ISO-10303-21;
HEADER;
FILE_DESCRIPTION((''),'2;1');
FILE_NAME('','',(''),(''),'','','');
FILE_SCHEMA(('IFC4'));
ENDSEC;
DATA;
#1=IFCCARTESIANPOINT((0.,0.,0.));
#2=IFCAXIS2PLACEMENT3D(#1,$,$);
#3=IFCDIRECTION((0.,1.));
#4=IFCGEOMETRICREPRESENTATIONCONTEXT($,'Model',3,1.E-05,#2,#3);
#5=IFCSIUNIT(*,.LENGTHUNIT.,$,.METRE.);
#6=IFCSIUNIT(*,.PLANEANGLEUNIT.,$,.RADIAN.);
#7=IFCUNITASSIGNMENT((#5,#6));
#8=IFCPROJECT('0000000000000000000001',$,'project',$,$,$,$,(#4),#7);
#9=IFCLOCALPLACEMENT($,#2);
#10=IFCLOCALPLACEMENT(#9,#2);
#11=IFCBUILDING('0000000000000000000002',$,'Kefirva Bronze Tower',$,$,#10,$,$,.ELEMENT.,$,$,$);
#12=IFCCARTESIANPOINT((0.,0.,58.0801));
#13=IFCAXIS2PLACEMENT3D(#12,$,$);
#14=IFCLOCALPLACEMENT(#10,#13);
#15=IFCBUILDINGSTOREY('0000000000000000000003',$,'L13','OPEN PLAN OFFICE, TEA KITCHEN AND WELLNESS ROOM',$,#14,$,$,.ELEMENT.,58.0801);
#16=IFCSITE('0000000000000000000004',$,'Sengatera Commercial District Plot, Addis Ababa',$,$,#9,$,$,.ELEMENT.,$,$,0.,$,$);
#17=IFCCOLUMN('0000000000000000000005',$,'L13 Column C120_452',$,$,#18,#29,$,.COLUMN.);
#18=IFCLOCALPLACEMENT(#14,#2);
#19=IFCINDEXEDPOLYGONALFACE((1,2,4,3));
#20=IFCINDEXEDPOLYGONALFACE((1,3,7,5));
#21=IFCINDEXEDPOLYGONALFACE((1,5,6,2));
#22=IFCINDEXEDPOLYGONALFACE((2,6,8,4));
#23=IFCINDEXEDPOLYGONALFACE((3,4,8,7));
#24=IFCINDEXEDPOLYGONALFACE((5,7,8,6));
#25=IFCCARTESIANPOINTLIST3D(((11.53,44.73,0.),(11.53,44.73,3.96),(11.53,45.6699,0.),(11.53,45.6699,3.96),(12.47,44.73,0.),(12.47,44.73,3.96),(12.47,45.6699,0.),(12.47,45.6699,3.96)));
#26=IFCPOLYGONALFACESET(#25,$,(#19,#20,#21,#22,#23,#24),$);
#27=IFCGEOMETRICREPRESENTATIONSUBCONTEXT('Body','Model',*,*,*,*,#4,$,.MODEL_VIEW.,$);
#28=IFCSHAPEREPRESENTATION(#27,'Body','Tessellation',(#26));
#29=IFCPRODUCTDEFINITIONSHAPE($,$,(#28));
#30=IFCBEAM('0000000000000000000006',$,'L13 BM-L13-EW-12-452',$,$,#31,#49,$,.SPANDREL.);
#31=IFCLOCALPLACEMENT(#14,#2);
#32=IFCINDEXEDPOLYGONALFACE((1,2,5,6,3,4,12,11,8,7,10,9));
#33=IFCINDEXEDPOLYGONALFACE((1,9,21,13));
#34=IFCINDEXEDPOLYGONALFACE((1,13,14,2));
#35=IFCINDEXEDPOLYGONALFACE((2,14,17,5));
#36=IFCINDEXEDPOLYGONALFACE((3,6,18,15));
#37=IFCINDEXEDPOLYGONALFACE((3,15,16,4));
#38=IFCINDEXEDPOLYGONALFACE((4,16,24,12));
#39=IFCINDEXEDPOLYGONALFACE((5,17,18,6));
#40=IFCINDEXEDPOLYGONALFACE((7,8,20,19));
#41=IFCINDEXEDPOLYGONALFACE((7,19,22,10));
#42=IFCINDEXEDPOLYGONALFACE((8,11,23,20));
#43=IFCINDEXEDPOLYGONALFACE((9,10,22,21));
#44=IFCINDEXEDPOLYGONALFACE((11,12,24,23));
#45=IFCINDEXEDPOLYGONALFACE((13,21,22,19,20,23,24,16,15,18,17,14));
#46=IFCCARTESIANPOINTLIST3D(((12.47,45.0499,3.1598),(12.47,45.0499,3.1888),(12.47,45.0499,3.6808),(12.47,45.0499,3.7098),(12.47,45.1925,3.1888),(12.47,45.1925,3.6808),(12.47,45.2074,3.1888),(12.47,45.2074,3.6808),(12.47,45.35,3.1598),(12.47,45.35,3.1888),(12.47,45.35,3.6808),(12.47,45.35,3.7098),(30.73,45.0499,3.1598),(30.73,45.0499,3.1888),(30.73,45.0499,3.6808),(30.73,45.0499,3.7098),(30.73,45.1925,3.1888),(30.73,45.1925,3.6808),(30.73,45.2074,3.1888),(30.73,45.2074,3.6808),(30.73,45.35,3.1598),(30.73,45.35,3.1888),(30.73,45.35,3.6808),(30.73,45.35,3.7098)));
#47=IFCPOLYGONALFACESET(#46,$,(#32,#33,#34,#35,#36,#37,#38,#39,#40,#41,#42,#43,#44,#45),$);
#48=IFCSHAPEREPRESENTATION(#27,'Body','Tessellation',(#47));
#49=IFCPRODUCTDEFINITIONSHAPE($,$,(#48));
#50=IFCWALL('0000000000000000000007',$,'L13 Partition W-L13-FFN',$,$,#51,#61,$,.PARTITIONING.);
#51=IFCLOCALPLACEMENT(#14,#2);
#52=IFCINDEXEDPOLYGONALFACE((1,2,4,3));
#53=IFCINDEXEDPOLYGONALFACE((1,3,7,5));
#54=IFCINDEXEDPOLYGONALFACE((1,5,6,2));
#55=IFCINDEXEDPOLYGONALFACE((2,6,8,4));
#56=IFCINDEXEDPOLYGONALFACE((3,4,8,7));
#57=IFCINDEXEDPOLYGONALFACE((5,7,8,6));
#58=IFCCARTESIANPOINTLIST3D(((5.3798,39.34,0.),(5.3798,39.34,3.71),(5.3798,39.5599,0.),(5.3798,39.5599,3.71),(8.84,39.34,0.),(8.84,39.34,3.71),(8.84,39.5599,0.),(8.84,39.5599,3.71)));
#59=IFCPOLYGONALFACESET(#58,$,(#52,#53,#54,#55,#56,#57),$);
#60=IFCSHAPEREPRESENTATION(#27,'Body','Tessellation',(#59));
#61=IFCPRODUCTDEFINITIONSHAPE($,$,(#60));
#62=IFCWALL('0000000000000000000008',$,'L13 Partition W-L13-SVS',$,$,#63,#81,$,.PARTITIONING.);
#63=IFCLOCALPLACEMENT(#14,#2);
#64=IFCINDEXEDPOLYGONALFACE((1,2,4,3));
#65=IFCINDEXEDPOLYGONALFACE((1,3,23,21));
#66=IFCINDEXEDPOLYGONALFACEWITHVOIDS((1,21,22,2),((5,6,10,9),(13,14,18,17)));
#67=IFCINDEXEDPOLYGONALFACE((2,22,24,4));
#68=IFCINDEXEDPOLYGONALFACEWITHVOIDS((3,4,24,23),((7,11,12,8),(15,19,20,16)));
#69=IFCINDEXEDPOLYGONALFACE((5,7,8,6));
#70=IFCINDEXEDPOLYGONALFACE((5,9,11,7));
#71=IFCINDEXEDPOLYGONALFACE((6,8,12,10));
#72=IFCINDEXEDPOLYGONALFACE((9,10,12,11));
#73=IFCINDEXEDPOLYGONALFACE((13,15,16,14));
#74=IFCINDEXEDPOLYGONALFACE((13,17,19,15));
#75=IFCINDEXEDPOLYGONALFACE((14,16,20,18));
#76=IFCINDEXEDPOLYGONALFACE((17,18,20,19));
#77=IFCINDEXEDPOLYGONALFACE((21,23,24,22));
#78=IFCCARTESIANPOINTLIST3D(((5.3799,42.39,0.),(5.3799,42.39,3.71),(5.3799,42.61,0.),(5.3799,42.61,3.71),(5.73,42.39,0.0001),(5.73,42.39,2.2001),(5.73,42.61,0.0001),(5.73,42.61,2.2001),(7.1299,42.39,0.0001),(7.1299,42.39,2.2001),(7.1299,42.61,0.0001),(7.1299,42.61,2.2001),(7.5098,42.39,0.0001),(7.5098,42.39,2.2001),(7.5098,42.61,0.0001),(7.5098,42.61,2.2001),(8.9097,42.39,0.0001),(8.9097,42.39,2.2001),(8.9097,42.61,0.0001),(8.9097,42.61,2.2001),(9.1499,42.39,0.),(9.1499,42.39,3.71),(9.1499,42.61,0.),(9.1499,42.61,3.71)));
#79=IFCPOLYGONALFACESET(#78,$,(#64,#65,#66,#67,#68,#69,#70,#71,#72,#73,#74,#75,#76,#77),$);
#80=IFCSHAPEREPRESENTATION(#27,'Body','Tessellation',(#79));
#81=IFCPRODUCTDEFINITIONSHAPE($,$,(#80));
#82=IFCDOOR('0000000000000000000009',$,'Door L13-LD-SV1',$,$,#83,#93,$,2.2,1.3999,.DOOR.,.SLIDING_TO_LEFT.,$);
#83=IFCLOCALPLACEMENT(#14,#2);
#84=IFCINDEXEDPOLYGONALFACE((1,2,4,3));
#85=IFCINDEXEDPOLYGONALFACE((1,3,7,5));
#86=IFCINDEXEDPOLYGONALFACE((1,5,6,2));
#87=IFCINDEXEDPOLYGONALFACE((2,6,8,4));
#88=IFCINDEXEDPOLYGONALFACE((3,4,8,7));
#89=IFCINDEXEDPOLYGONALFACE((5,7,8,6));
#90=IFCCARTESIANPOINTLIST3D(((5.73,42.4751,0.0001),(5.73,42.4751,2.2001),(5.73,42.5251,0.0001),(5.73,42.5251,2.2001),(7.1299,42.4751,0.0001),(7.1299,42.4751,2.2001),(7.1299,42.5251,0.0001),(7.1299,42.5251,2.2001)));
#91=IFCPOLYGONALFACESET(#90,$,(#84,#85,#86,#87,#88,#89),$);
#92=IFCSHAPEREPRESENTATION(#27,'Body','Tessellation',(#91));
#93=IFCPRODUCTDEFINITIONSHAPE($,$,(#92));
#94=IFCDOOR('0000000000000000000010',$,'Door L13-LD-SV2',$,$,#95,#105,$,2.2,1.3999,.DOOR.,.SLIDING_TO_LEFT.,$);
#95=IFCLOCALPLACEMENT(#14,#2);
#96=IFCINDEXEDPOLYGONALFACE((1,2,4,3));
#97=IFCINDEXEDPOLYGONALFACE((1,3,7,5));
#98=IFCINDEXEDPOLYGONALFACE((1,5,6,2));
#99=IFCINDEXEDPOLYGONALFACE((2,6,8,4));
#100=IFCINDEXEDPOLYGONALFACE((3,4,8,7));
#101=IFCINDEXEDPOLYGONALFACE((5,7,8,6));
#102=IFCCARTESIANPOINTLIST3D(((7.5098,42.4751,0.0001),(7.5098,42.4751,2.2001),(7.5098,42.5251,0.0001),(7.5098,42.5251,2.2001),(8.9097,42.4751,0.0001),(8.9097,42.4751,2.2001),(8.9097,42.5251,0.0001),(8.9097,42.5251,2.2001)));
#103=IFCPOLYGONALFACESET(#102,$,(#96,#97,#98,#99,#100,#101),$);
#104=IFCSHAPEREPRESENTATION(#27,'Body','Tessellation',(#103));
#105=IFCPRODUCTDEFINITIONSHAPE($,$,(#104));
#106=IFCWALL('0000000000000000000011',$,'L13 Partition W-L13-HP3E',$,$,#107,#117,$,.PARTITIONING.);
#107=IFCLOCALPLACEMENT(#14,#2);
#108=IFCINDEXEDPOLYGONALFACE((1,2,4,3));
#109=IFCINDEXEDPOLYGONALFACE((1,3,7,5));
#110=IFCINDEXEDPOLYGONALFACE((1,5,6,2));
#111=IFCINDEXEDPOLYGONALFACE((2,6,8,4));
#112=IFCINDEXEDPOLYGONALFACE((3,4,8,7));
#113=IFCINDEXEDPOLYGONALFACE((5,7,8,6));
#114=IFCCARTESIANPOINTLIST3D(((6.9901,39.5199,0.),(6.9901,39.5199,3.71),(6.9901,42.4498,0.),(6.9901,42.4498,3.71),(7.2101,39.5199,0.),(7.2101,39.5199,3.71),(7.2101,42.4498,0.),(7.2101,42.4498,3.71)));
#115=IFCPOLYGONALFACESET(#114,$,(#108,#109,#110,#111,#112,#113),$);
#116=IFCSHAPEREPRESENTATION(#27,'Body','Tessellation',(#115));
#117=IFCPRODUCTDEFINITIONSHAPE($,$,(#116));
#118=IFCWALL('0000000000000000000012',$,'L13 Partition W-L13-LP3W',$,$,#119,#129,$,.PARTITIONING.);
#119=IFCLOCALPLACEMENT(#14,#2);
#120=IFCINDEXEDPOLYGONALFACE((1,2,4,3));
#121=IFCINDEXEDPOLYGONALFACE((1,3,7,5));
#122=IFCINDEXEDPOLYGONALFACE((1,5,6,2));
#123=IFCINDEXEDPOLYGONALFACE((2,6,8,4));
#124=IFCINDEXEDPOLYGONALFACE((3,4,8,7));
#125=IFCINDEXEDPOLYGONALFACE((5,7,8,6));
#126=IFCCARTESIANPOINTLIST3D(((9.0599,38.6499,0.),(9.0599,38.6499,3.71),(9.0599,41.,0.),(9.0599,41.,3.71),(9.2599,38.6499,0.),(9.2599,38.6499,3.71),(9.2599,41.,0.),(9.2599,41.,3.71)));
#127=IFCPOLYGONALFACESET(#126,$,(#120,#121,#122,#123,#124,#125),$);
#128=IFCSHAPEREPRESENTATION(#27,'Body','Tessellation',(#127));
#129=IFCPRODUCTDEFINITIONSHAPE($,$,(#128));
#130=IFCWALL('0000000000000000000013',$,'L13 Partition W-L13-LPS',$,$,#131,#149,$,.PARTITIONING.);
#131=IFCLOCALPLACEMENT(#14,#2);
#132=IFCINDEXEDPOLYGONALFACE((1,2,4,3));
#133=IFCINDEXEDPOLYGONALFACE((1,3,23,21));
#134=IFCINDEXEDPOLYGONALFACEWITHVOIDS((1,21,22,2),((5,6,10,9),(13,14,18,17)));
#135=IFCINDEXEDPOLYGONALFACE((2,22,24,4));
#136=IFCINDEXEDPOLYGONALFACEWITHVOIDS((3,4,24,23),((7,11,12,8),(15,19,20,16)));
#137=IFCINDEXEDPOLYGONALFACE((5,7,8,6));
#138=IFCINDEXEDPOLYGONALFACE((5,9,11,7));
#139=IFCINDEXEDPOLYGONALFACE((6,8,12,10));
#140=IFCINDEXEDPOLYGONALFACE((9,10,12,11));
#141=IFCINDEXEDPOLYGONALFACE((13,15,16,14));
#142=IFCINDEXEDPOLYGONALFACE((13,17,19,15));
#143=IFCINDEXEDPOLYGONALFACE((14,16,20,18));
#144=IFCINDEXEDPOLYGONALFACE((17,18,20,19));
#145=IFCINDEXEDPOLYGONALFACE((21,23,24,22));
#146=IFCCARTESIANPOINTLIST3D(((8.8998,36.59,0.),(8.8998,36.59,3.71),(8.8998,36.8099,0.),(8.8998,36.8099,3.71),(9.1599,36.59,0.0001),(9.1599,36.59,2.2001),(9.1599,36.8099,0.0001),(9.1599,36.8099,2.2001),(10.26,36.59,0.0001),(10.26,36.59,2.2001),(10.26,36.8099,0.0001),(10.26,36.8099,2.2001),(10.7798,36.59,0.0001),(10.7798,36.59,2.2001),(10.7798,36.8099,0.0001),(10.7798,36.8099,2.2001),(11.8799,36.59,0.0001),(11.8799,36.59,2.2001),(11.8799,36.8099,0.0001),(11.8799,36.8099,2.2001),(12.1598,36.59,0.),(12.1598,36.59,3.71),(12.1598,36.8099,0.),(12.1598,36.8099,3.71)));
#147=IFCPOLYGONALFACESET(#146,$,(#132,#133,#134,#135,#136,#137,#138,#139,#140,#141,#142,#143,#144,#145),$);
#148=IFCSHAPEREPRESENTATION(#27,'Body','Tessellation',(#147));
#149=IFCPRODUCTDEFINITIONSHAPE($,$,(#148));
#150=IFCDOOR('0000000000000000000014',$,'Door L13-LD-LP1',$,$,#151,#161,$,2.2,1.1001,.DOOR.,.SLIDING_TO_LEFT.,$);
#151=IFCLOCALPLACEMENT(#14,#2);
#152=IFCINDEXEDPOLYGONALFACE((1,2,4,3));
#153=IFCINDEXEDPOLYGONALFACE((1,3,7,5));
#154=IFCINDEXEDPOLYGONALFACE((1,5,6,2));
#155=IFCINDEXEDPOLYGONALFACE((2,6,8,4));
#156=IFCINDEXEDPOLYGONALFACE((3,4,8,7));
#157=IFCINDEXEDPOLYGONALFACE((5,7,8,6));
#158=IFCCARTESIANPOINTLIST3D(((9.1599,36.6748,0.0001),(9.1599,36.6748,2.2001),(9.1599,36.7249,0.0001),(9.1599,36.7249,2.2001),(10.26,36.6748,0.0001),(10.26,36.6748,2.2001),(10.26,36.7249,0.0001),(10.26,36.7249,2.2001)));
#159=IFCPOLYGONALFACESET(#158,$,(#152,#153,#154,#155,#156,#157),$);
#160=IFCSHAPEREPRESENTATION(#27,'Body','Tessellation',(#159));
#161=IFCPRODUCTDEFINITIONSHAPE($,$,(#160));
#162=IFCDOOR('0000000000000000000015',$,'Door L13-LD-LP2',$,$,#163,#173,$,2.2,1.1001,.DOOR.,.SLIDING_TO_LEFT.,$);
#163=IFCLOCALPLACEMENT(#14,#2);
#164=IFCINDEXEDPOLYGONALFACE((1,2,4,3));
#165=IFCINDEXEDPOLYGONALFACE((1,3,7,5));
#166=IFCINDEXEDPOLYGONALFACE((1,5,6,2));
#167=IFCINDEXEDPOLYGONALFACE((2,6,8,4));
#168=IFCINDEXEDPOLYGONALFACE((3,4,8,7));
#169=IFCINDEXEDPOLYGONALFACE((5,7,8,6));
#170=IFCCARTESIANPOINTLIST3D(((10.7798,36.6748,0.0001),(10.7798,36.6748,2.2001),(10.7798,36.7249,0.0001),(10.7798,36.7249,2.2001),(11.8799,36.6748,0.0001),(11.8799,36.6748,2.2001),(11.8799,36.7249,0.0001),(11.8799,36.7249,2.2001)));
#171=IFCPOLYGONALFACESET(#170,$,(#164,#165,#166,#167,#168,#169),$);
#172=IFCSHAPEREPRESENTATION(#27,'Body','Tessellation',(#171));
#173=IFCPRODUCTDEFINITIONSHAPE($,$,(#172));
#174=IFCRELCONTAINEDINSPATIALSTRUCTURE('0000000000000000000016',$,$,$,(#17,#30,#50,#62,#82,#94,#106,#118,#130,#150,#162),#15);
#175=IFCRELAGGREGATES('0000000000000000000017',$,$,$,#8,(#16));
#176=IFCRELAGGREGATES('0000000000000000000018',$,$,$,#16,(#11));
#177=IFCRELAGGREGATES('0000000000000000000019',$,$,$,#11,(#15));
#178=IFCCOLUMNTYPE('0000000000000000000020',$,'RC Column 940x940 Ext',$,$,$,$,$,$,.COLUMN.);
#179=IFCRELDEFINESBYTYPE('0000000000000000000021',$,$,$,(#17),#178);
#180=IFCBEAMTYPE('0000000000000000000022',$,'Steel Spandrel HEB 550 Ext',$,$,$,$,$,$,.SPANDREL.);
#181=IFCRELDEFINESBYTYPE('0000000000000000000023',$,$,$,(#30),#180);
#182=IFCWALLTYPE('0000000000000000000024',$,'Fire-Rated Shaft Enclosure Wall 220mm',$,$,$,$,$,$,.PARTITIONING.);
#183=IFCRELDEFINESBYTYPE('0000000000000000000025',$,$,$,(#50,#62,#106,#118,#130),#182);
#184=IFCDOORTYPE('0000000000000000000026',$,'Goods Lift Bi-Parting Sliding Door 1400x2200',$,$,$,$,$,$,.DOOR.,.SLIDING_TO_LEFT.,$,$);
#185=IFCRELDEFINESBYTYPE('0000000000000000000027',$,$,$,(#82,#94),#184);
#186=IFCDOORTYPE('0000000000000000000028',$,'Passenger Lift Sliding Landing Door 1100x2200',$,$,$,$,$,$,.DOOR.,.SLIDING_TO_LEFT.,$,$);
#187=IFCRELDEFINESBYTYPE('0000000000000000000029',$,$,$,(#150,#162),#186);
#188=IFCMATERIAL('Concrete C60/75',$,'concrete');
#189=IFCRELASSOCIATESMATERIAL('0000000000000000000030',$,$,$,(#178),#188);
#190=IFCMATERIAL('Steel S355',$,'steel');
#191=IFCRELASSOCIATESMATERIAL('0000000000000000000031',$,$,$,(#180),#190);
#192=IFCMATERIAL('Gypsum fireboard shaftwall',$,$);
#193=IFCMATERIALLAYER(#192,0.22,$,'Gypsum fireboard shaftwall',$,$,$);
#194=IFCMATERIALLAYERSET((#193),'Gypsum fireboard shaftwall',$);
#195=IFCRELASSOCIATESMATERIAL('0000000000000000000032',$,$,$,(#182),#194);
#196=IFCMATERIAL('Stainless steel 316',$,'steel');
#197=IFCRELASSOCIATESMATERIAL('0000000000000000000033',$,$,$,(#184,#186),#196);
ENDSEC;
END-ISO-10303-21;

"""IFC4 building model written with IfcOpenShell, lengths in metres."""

from ifc_helpers import new_model, si_unit, direction, frame, frame_2d, origin, origin_2d, place, context, subcontext, project, spatial, rectangle, i_section, extrude, material, layer, layer_set, material_profile, profile_set, type_object, element, fill, save


model = new_model("IFC4")

# Units and contexts
model_context = context("Model", 3, precision=1e-05, world=origin(), true_north=direction((0.0, 1.0)))
body_context = subcontext(model_context, "Body", "Model", "MODEL_VIEW")
ifc_project = project(units=[si_unit("LENGTHUNIT", "METRE"), si_unit("PLANEANGLEUNIT", "RADIAN")], contexts=[model_context])

# Site, building, storey
site_placement = place(None, origin())
site = spatial("IfcSite", under=ifc_project, at=site_placement, Name="Sengatera Commercial District Plot, Addis Ababa", CompositionType="ELEMENT", RefElevation=0.0)
building_placement = place(site_placement, origin())
building = spatial("IfcBuilding", under=site, at=building_placement, Name="Kefirva Bronze Tower", CompositionType="ELEMENT")
storey_placement = place(building_placement, frame((0.0, 0.0, 58.0801)))
storey = spatial("IfcBuildingStorey", under=building, at=storey_placement, Name="L13", Description="OPEN PLAN OFFICE, TEA KITCHEN AND WELLNESS ROOM", CompositionType="ELEMENT", Elevation=58.0801)

# Column
ifc_material_1 = material(Name="Concrete C60/75", Category="concrete")
ifc_material_profile_1 = material_profile(ifc_material_1, rectangle(XDim=0.9399, YDim=0.9399, at=origin_2d()), Name="RC 940x940")
ifc_profile_set_1 = profile_set([ifc_material_profile_1], Name="Concrete C60/75")
column_type = type_object("IfcColumnType", Name="RC Column 940x940 Ext", PredefinedType="COLUMN", material=ifc_profile_set_1)
column_placement = place(storey_placement, frame((12.0, 45.2, 0.0), z_axis=(0.0, 0.0, 1.0), x_axis=(1.0, 0.0, 0.0)))
element("IfcColumn", 1, at=column_placement, inside=storey, type_object=column_type, Name="L13 Column C120_452", PredefinedType="COLUMN", context=body_context, shape_type="SweptSolid", body=[
    extrude(rectangle(XDim=0.9399, YDim=0.9399, at=origin_2d()), origin(), (0.0, 0.0, 1.0), 3.96),
])

# Beam
ifc_material_2 = material(Name="Steel S355", Category="steel")
ifc_material_profile_2 = material_profile(ifc_material_2, i_section(OverallWidth=0.3, OverallDepth=0.55, WebThickness=0.0149, FlangeThickness=0.0291, at=origin_2d()), Name="HEB 550")
ifc_profile_set_2 = profile_set([ifc_material_profile_2], Name="Steel S355")
beam_type = type_object("IfcBeamType", Name="Steel Spandrel HEB 550 Ext", PredefinedType="SPANDREL", material=ifc_profile_set_2)
beam_placement = place(storey_placement, frame((12.47, 45.2, 3.4348), z_axis=(1.0, 0.0, 0.0), x_axis=(0.0, 1.0, 0.0)))
element("IfcBeam", 2, at=beam_placement, inside=storey, type_object=beam_type, Name="L13 BM-L13-EW-12-452", PredefinedType="SPANDREL", context=body_context, shape_type="SweptSolid", body=[
    extrude(i_section(OverallWidth=0.3, OverallDepth=0.55, WebThickness=0.0149, FlangeThickness=0.0291, at=origin_2d()), origin(), (0.0, 0.0, 1.0), 18.26),
])

# Wall
ifc_material_3 = material(Name="Gypsum fireboard shaftwall")
ifc_layer_1 = layer(ifc_material_3, 0.22, Name="Gypsum fireboard shaftwall")
ifc_layer_set_1 = layer_set([ifc_layer_1], Name="Gypsum fireboard shaftwall")
wall_type_1 = type_object("IfcWallType", Name="Fire-Rated Shaft Enclosure Wall 220mm", PredefinedType="PARTITIONING", material=ifc_layer_set_1)
wall_1_placement = place(storey_placement, frame((5.3799, 39.45, 0.0), z_axis=(0.0, 0.0, 1.0), x_axis=(1.0, 0.0, 0.0)))
element("IfcWall", 3, at=wall_1_placement, inside=storey, type_object=wall_type_1, Name="L13 Partition W-L13-FFN", PredefinedType="PARTITIONING", context=body_context, shape_type="SweptSolid", body=[
    extrude(rectangle(XDim=3.4602, YDim=0.22, at=frame_2d((1.73, 0.0))), origin(), (0.0, 0.0, 1.0), 3.71),
])

# Wall, openings, doors
wall_2_placement = place(storey_placement, frame((5.3799, 42.5, 0.0), z_axis=(0.0, 0.0, 1.0), x_axis=(1.0, 0.0, 0.0)))
wall_2 = element("IfcWall", 4, at=wall_2_placement, inside=storey, type_object=wall_type_1, Name="L13 Partition W-L13-SVS", PredefinedType="PARTITIONING", context=body_context, shape_type="SweptSolid", body=[
    extrude(rectangle(XDim=3.77, YDim=0.22, at=frame_2d((1.885, 0.0))), origin(), (0.0, 0.0, 1.0), 3.71),
])
opening_1_placement = place(wall_2_placement, frame((1.75, 0.0, 0.0), z_axis=(0.0, 0.0, 1.0), x_axis=(-1.0, 0.0, 0.0)))
opening_1 = element("IfcOpeningElement", 5, at=opening_1_placement, cuts=wall_2, PredefinedType="OPENING", context=body_context, shape_type="SweptSolid", body=[
    extrude(rectangle(XDim=1.3999, YDim=2.2, at=frame_2d((0.7, 1.1001))), frame((0.0, 0.1201, 0.0), z_axis=(0.0, -1.0, 0.0), x_axis=(1.0, 0.0, 0.0)), (0.0, 0.0, 1.0), 0.24),
])
opening_2_placement = place(wall_2_placement, frame((3.5298, 0.0, 0.0), z_axis=(0.0, 0.0, 1.0), x_axis=(-1.0, 0.0, 0.0)))
opening_2 = element("IfcOpeningElement", 6, at=opening_2_placement, cuts=wall_2, PredefinedType="OPENING", context=body_context, shape_type="SweptSolid", body=[
    extrude(rectangle(XDim=1.3999, YDim=2.2, at=frame_2d((0.7, 1.1001))), frame((0.0, 0.1201, 0.0), z_axis=(0.0, -1.0, 0.0), x_axis=(1.0, 0.0, 0.0)), (0.0, 0.0, 1.0), 0.24),
])
ifc_material_4 = material(Name="Stainless steel 316", Category="steel")
door_type_1 = type_object("IfcDoorType", Name="Goods Lift Bi-Parting Sliding Door 1400x2200", OperationType="SLIDING_TO_LEFT", PredefinedType="DOOR", material=ifc_material_4)
door_1_placement = place(opening_1_placement, origin())
door_1 = element("IfcDoor", 7, at=door_1_placement, inside=storey, type_object=door_type_1, Name="Door L13-LD-SV1", OperationType="SLIDING_TO_LEFT", OverallHeight=2.2, OverallWidth=1.3999, PredefinedType="DOOR", context=body_context, shape_type="SweptSolid", body=[
    extrude(rectangle(XDim=1.3999, YDim=2.2, at=frame_2d((0.7, 1.1001))), frame((0.0, 0.0249, 0.0), z_axis=(0.0, -1.0, 0.0), x_axis=(1.0, 0.0, 0.0)), (0.0, 0.0, 1.0), 0.05),
])
fill(opening_1, door_1)
door_2_placement = place(opening_2_placement, origin())
door_2 = element("IfcDoor", 8, at=door_2_placement, inside=storey, type_object=door_type_1, Name="Door L13-LD-SV2", OperationType="SLIDING_TO_LEFT", OverallHeight=2.2, OverallWidth=1.3999, PredefinedType="DOOR", context=body_context, shape_type="SweptSolid", body=[
    extrude(rectangle(XDim=1.3999, YDim=2.2, at=frame_2d((0.7, 1.1001))), frame((0.0, 0.0249, 0.0), z_axis=(0.0, -1.0, 0.0), x_axis=(1.0, 0.0, 0.0)), (0.0, 0.0, 1.0), 0.05),
])
fill(opening_2, door_2)

# Walls
wall_3_placement = place(storey_placement, frame((7.1001, 39.52, 0.0), z_axis=(0.0, 0.0, 1.0), x_axis=(0.0, 1.0, 0.0)))
element("IfcWall", 9, at=wall_3_placement, inside=storey, type_object=wall_type_1, Name="L13 Partition W-L13-HP3E", PredefinedType="PARTITIONING", context=body_context, shape_type="SweptSolid", body=[
    extrude(rectangle(XDim=2.9299, YDim=0.22, at=frame_2d((1.4648, 0.0))), origin(), (0.0, 0.0, 1.0), 3.71),
])
wall_4_placement = place(storey_placement, frame((9.1599, 38.6499, 0.0), z_axis=(0.0, 0.0, 1.0), x_axis=(0.0, 1.0, 0.0)))
element("IfcWall", 10, at=wall_4_placement, inside=storey, type_object=wall_type_1, Name="L13 Partition W-L13-LP3W", PredefinedType="PARTITIONING", context=body_context, shape_type="SweptSolid", body=[
    extrude(rectangle(XDim=2.3501, YDim=0.2, at=frame_2d((1.175, 0.0))), origin(), (0.0, 0.0, 1.0), 3.71),
])

# Wall, openings, doors
wall_5_placement = place(storey_placement, frame((8.8999, 36.7, 0.0), z_axis=(0.0, 0.0, 1.0), x_axis=(1.0, 0.0, 0.0)))
wall_5 = element("IfcWall", 11, at=wall_5_placement, inside=storey, type_object=wall_type_1, Name="L13 Partition W-L13-LPS", PredefinedType="PARTITIONING", context=body_context, shape_type="SweptSolid", body=[
    extrude(rectangle(XDim=3.26, YDim=0.22, at=frame_2d((1.6299, 0.0))), origin(), (0.0, 0.0, 1.0), 3.71),
])
opening_3_placement = place(wall_5_placement, frame((0.26, 0.0, 0.0)))
opening_3 = element("IfcOpeningElement", 12, at=opening_3_placement, cuts=wall_5, PredefinedType="OPENING", context=body_context, shape_type="SweptSolid", body=[
    extrude(rectangle(XDim=1.1001, YDim=2.2, at=frame_2d((0.55, 1.1001))), frame((0.0, 0.1201, 0.0), z_axis=(0.0, -1.0, 0.0), x_axis=(1.0, 0.0, 0.0)), (0.0, 0.0, 1.0), 0.24),
])
opening_4_placement = place(wall_5_placement, frame((1.8799, 0.0, 0.0)))
opening_4 = element("IfcOpeningElement", 13, at=opening_4_placement, cuts=wall_5, PredefinedType="OPENING", context=body_context, shape_type="SweptSolid", body=[
    extrude(rectangle(XDim=1.1001, YDim=2.2, at=frame_2d((0.55, 1.1001))), frame((0.0, 0.1201, 0.0), z_axis=(0.0, -1.0, 0.0), x_axis=(1.0, 0.0, 0.0)), (0.0, 0.0, 1.0), 0.24),
])
door_type_2 = type_object("IfcDoorType", Name="Passenger Lift Sliding Landing Door 1100x2200", OperationType="SLIDING_TO_LEFT", PredefinedType="DOOR", material=ifc_material_4)
door_3_placement = place(opening_3_placement, origin())
door_3 = element("IfcDoor", 14, at=door_3_placement, inside=storey, type_object=door_type_2, Name="Door L13-LD-LP1", OperationType="SLIDING_TO_LEFT", OverallHeight=2.2, OverallWidth=1.1001, PredefinedType="DOOR", context=body_context, shape_type="SweptSolid", body=[
    extrude(rectangle(XDim=1.1001, YDim=2.2, at=frame_2d((0.55, 1.1001))), frame((0.0, 0.0249, 0.0), z_axis=(0.0, -1.0, 0.0), x_axis=(1.0, 0.0, 0.0)), (0.0, 0.0, 1.0), 0.05),
])
fill(opening_3, door_3)
door_4_placement = place(opening_4_placement, origin())
door_4 = element("IfcDoor", 15, at=door_4_placement, inside=storey, type_object=door_type_2, Name="Door L13-LD-LP2", OperationType="SLIDING_TO_LEFT", OverallHeight=2.2, OverallWidth=1.1001, PredefinedType="DOOR", context=body_context, shape_type="SweptSolid", body=[
    extrude(rectangle(XDim=1.1001, YDim=2.2, at=frame_2d((0.55, 1.1001))), frame((0.0, 0.0249, 0.0), z_axis=(0.0, -1.0, 0.0), x_axis=(1.0, 0.0, 0.0)), (0.0, 0.0, 1.0), 0.05),
])
fill(opening_4, door_4)

save(model, "model.ifc")
